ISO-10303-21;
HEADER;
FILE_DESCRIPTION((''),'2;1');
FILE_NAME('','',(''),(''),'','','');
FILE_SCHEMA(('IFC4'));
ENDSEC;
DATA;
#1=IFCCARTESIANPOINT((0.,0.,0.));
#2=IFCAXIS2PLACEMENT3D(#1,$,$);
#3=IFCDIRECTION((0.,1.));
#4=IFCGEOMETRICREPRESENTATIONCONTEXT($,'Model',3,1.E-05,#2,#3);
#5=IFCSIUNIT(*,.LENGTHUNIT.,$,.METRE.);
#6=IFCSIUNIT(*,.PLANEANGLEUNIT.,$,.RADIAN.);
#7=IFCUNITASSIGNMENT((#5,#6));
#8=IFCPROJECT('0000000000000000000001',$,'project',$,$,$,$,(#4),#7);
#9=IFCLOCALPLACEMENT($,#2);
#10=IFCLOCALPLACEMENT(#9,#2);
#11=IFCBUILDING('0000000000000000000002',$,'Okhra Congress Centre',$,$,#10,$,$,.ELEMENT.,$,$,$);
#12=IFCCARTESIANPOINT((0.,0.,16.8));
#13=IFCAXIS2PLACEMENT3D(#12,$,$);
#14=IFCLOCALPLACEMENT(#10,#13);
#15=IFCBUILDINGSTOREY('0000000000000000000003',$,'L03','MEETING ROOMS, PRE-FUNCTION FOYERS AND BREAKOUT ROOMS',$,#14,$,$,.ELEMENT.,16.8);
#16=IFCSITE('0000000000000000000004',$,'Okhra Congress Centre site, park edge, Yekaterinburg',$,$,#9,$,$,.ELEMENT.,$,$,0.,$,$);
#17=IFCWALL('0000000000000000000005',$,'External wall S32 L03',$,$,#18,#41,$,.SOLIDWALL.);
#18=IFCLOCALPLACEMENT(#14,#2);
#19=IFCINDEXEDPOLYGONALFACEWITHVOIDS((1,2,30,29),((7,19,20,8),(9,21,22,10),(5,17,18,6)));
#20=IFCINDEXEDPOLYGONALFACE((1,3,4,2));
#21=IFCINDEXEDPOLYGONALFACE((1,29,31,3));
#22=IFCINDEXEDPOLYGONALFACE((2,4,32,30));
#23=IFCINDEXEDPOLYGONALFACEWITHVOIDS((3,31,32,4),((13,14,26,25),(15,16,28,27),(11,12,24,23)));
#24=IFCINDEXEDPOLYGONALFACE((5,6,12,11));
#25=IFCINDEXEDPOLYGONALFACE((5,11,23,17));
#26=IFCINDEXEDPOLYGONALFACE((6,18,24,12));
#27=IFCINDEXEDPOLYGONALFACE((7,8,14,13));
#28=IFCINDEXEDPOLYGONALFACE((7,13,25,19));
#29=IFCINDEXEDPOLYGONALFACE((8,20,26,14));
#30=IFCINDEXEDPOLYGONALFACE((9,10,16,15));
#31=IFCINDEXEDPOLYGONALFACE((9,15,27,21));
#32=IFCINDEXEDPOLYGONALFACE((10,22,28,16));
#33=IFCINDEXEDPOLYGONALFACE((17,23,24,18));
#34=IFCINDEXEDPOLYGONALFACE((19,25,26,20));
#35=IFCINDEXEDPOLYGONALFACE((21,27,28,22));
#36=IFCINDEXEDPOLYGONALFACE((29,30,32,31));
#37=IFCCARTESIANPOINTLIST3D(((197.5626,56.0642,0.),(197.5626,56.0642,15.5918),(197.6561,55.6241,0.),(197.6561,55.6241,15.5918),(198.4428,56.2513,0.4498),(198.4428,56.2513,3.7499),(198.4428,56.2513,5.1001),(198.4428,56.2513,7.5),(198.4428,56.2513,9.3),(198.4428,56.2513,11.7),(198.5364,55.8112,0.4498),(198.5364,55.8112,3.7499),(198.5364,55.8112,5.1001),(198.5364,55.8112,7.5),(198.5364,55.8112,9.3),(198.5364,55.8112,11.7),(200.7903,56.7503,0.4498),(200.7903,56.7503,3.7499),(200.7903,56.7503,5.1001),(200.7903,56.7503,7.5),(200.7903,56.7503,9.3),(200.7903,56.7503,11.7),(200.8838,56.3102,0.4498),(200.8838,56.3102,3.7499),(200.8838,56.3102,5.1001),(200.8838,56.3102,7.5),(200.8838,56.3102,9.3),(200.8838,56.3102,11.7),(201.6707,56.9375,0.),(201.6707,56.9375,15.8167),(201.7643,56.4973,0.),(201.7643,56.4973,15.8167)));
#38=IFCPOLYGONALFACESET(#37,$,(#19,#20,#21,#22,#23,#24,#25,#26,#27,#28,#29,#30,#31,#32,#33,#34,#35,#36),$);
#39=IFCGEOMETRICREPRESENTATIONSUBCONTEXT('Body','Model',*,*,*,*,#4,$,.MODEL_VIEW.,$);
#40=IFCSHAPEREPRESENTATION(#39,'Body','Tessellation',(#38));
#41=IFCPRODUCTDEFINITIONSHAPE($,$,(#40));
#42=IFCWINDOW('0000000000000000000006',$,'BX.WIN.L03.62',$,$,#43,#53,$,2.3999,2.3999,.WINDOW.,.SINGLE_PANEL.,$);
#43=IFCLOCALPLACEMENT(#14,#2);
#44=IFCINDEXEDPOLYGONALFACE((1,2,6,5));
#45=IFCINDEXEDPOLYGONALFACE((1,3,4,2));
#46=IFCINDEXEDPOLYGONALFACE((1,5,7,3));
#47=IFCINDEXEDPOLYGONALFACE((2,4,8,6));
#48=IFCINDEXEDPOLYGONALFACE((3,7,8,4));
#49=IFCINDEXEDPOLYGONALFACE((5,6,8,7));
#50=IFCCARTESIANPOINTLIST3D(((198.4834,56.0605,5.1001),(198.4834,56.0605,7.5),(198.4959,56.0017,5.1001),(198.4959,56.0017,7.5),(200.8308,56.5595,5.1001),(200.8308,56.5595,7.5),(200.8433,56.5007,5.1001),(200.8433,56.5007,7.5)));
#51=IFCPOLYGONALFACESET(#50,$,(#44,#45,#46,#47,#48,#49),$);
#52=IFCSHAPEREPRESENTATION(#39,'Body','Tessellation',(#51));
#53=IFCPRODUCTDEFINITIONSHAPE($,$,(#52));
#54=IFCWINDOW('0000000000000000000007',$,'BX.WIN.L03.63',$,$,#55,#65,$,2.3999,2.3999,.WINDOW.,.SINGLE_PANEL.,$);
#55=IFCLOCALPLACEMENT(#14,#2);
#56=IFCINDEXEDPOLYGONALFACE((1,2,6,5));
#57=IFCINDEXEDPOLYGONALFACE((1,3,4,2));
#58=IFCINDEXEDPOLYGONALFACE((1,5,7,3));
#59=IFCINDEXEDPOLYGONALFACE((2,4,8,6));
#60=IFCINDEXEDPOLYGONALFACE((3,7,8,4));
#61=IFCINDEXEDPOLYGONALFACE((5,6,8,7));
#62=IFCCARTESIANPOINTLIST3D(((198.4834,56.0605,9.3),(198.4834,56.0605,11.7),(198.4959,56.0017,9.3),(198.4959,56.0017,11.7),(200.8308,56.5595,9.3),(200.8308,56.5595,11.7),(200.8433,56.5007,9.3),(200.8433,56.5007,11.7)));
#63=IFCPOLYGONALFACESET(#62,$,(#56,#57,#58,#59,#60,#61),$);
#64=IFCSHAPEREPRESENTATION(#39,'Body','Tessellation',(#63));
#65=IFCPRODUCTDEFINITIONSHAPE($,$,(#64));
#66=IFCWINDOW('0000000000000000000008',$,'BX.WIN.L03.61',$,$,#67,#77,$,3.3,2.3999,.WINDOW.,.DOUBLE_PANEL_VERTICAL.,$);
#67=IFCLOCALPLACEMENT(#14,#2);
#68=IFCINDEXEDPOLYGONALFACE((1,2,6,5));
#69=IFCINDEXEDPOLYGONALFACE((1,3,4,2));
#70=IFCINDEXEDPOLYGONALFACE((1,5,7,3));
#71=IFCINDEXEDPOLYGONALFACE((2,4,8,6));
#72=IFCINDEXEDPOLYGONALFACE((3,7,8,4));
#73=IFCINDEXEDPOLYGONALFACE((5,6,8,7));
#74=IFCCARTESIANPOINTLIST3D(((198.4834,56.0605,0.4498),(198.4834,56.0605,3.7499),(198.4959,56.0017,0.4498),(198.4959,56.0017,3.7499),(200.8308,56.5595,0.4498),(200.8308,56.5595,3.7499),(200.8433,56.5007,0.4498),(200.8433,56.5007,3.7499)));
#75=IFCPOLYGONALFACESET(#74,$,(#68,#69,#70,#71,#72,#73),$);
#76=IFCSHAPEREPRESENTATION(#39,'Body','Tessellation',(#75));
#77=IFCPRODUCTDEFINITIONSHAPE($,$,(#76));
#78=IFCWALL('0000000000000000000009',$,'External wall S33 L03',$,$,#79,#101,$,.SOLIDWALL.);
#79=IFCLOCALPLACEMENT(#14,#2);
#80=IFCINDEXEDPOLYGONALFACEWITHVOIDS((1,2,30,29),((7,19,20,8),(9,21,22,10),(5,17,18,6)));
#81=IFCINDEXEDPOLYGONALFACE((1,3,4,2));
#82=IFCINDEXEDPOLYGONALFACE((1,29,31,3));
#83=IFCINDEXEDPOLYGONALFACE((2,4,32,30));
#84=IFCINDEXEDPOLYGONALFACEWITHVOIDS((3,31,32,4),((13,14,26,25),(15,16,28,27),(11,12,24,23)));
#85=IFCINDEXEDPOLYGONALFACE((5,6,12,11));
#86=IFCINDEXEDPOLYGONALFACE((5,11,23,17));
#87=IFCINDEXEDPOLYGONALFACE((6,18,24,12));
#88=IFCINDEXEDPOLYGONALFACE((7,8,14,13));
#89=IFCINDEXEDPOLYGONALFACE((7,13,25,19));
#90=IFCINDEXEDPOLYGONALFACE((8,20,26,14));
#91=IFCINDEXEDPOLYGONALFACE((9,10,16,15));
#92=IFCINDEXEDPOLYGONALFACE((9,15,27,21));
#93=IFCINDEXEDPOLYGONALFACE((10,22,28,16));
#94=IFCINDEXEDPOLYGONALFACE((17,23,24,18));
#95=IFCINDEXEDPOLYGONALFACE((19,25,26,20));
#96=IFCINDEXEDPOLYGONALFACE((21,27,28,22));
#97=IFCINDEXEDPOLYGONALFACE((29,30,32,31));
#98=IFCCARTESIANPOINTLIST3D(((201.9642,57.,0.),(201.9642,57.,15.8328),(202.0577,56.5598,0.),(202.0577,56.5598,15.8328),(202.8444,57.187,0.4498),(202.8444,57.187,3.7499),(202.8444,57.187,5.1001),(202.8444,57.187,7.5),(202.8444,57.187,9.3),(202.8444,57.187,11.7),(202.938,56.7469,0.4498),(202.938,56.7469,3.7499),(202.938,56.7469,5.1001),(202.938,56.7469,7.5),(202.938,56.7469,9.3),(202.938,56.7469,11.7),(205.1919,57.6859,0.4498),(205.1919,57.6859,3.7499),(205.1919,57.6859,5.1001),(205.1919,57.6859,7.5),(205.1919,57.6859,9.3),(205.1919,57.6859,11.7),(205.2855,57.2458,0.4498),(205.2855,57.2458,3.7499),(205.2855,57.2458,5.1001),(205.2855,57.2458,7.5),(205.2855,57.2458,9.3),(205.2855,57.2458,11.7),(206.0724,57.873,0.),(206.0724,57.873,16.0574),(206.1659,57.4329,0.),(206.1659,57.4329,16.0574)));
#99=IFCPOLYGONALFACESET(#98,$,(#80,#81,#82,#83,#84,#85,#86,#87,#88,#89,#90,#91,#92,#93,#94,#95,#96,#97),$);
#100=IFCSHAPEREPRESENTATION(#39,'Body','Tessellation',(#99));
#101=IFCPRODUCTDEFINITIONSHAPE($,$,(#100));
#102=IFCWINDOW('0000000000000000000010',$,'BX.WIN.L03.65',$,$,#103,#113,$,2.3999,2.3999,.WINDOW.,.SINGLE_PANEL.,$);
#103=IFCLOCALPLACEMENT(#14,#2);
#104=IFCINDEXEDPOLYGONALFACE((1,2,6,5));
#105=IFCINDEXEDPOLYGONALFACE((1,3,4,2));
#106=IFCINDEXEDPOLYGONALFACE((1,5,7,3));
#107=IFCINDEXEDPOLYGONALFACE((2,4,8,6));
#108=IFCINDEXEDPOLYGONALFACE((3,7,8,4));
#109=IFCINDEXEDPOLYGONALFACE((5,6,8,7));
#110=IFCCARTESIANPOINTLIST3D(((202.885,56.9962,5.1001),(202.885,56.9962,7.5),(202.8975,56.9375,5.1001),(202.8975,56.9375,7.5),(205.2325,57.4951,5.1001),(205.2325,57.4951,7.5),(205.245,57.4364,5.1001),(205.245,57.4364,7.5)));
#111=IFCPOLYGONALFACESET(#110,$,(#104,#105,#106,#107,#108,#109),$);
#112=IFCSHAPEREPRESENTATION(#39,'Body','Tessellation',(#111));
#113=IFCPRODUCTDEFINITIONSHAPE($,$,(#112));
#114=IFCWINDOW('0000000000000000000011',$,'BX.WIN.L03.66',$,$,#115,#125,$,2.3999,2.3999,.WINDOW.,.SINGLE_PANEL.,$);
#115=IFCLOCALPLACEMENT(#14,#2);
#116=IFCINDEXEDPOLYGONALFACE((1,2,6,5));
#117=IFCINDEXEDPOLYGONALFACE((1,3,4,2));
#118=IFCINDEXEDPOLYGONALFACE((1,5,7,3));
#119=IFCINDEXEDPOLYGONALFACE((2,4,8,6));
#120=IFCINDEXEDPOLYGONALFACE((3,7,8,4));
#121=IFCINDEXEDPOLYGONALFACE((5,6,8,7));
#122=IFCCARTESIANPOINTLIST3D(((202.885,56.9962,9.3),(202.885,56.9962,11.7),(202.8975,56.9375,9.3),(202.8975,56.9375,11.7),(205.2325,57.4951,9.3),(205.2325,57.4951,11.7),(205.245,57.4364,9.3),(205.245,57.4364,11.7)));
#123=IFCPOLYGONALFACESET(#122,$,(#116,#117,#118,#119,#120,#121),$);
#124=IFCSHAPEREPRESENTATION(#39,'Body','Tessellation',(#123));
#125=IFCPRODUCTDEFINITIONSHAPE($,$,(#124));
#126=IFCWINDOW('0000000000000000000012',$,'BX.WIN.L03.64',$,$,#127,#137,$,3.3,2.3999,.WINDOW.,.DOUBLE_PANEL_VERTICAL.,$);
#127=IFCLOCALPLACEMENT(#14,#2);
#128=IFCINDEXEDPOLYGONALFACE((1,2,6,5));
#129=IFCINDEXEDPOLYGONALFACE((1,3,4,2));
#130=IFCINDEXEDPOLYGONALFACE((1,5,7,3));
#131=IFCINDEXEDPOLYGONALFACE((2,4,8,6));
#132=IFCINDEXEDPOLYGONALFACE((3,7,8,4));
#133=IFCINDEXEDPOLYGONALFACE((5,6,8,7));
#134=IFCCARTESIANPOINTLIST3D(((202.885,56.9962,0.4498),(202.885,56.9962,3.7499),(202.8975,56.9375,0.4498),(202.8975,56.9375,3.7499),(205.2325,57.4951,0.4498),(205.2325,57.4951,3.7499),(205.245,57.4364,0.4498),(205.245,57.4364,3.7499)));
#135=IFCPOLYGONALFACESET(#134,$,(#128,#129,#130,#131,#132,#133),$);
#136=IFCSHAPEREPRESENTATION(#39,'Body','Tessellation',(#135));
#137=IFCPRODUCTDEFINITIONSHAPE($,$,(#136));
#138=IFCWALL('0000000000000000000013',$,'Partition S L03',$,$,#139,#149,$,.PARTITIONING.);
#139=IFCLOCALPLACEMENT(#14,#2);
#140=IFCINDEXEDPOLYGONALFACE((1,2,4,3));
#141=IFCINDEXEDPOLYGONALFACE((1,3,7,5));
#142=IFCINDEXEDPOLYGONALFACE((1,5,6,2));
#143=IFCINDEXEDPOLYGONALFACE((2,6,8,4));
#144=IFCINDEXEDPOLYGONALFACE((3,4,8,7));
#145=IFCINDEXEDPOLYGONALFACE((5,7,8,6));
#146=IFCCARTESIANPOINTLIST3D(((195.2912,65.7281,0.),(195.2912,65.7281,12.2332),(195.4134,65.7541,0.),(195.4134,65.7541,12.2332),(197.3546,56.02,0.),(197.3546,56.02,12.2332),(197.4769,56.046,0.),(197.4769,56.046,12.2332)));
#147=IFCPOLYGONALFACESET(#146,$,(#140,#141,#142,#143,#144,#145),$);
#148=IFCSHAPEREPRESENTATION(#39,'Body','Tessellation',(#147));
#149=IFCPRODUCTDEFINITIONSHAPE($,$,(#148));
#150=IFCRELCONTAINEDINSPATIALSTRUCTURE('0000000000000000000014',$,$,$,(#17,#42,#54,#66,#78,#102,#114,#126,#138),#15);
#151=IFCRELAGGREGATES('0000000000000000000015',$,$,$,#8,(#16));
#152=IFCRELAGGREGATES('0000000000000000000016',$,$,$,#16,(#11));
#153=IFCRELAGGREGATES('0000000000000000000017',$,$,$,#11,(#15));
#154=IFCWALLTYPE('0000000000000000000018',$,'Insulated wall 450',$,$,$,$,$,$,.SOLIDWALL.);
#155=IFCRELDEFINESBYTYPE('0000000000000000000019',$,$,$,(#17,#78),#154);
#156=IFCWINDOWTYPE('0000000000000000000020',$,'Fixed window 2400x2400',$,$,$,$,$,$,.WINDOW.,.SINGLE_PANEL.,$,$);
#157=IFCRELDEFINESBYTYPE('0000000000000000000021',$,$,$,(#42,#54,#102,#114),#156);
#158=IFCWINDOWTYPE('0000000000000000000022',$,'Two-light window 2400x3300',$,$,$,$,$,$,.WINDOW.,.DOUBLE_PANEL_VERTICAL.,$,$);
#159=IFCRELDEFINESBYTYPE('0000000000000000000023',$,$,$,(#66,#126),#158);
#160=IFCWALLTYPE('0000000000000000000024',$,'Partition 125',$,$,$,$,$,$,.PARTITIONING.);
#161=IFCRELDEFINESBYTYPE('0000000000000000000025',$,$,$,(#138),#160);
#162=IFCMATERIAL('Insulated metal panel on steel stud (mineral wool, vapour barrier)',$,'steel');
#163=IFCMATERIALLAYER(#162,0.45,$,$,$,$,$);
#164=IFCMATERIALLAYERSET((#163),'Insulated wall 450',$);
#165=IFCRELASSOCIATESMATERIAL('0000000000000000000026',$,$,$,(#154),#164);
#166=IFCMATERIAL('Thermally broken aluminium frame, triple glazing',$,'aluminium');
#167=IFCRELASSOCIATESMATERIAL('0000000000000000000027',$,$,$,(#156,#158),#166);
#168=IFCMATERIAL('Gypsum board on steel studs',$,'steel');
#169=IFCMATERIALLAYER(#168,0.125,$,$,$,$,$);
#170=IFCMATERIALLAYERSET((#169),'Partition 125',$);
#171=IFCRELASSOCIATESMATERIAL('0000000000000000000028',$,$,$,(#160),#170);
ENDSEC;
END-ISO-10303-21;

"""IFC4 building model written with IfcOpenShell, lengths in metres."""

from ifc_helpers import new_model, si_unit, direction, frame, frame_2d, origin, place, context, subcontext, project, spatial, polyline, rectangle, outline, extrude, material, layer, layer_set, type_object, element, fill, save


model = new_model("IFC4")

# Units and contexts
model_context = context("Model", 3, precision=1e-05, world=origin(), true_north=direction((0.0, 1.0)))
body_context = subcontext(model_context, "Body", "Model", "MODEL_VIEW")
ifc_project = project(units=[si_unit("LENGTHUNIT", "METRE"), si_unit("PLANEANGLEUNIT", "RADIAN")], contexts=[model_context])

# Site, building, storey
site_placement = place(None, origin())
site = spatial("IfcSite", under=ifc_project, at=site_placement, Name="Okhra Congress Centre site, park edge, Yekaterinburg", CompositionType="ELEMENT", RefElevation=0.0)
building_placement = place(site_placement, origin())
building = spatial("IfcBuilding", under=site, at=building_placement, Name="Okhra Congress Centre", CompositionType="ELEMENT")
storey_placement = place(building_placement, frame((0.0, 0.0, 16.8)))
storey = spatial("IfcBuildingStorey", under=building, at=storey_placement, Name="L03", Description="MEETING ROOMS, PRE-FUNCTION FOYERS AND BREAKOUT ROOMS", CompositionType="ELEMENT", Elevation=16.8)

# Walls, openings, windows
ifc_material_1 = material(Name="Insulated metal panel on steel stud (mineral wool, vapour barrier)", Category="steel")
ifc_layer_1 = layer(ifc_material_1, 0.45)
ifc_layer_set_1 = layer_set([ifc_layer_1], Name="Insulated wall 450")
wall_type_1 = type_object("IfcWallType", Name="Insulated wall 450", PredefinedType="SOLIDWALL", material=ifc_layer_set_1)
wall_1_placement = place(storey_placement, frame((197.6094, 55.844, 0.0), z_axis=(0.0, 0.0, 1.0), x_axis=(0.978144, 0.207929, 0.0)))
wall_1 = element("IfcWall", 1, at=wall_1_placement, inside=storey, type_object=wall_type_1, Name="External wall S32 L03", PredefinedType="SOLIDWALL", context=body_context, shape_type="SweptSolid", body=[
    extrude(outline(polyline([(0.0, 0.0), (4.2, 0.0), (4.2, 15.8167), (0.0, 15.5918), (0.0, 0.0)])), frame((0.0, 0.2251, 0.0), z_axis=(0.0, -1.0, 0.0), x_axis=(1.0, 0.0, 0.0)), (0.0, 0.0, 1.0), 0.45),
])
opening_1_placement = place(wall_1_placement, frame((0.8999, 0.0, 0.45)))
opening_1 = element("IfcOpeningElement", 2, at=opening_1_placement, cuts=wall_1, PredefinedType="OPENING", context=body_context, shape_type="SweptSolid", body=[
    extrude(rectangle(XDim=2.3999, YDim=3.3, at=frame_2d((1.2, 1.6499))), frame((0.0, 0.2349, 0.0), z_axis=(0.0, -1.0, 0.0), x_axis=(1.0, 0.0, 0.0)), (0.0, 0.0, 1.0), 0.47),
])
opening_2_placement = place(wall_1_placement, frame((0.8999, 0.0, 5.1001)))
opening_2 = element("IfcOpeningElement", 3, at=opening_2_placement, cuts=wall_1, PredefinedType="OPENING", context=body_context, shape_type="SweptSolid", body=[
    extrude(rectangle(XDim=2.3999, YDim=2.3999, at=frame_2d((1.2, 1.2))), frame((0.0, 0.2349, 0.0), z_axis=(0.0, -1.0, 0.0), x_axis=(1.0, 0.0, 0.0)), (0.0, 0.0, 1.0), 0.47),
])
opening_3_placement = place(wall_1_placement, frame((0.8999, 0.0, 9.3)))
opening_3 = element("IfcOpeningElement", 4, at=opening_3_placement, cuts=wall_1, PredefinedType="OPENING", context=body_context, shape_type="SweptSolid", body=[
    extrude(rectangle(XDim=2.3999, YDim=2.3999, at=frame_2d((1.2, 1.2))), frame((0.0, 0.2349, 0.0), z_axis=(0.0, -1.0, 0.0), x_axis=(1.0, 0.0, 0.0)), (0.0, 0.0, 1.0), 0.47),
])
ifc_material_2 = material(Name="Thermally broken aluminium frame, triple glazing", Category="aluminium")
window_type_1 = type_object("IfcWindowType", Name="Fixed window 2400x2400", PartitioningType="SINGLE_PANEL", PredefinedType="WINDOW", material=ifc_material_2)
window_1_placement = place(opening_2_placement, origin())
window_1 = element("IfcWindow", 5, at=window_1_placement, inside=storey, type_object=window_type_1, Name="BX.WIN.L03.62", OverallHeight=2.3999, OverallWidth=2.3999, PartitioningType="SINGLE_PANEL", PredefinedType="WINDOW", context=body_context, shape_type="SweptSolid", body=[
    extrude(rectangle(XDim=2.3999, YDim=2.3999, at=frame_2d((1.2, 1.2))), frame((0.0, 0.03, 0.0), z_axis=(0.0, -1.0, 0.0), x_axis=(1.0, 0.0, 0.0)), (0.0, 0.0, 1.0), 0.0601),
])
fill(opening_2, window_1)
window_2_placement = place(opening_3_placement, origin())
window_2 = element("IfcWindow", 6, at=window_2_placement, inside=storey, type_object=window_type_1, Name="BX.WIN.L03.63", OverallHeight=2.3999, OverallWidth=2.3999, PartitioningType="SINGLE_PANEL", PredefinedType="WINDOW", context=body_context, shape_type="SweptSolid", body=[
    extrude(rectangle(XDim=2.3999, YDim=2.3999, at=frame_2d((1.2, 1.2))), frame((0.0, 0.03, 0.0), z_axis=(0.0, -1.0, 0.0), x_axis=(1.0, 0.0, 0.0)), (0.0, 0.0, 1.0), 0.0601),
])
fill(opening_3, window_2)
window_type_2 = type_object("IfcWindowType", Name="Two-light window 2400x3300", PartitioningType="DOUBLE_PANEL_VERTICAL", PredefinedType="WINDOW", material=ifc_material_2)
window_3_placement = place(opening_1_placement, origin())
window_3 = element("IfcWindow", 7, at=window_3_placement, inside=storey, type_object=window_type_2, Name="BX.WIN.L03.61", OverallHeight=3.3, OverallWidth=2.3999, PartitioningType="DOUBLE_PANEL_VERTICAL", PredefinedType="WINDOW", context=body_context, shape_type="SweptSolid", body=[
    extrude(rectangle(XDim=2.3999, YDim=3.3, at=frame_2d((1.2, 1.6499))), frame((0.0, 0.03, 0.0), z_axis=(0.0, -1.0, 0.0), x_axis=(1.0, 0.0, 0.0)), (0.0, 0.0, 1.0), 0.0601),
])
fill(opening_1, window_3)
wall_2_placement = place(storey_placement, frame((202.011, 56.7798, 0.0), z_axis=(0.0, 0.0, 1.0), x_axis=(0.978156, 0.207873, 0.0)))
wall_2 = element("IfcWall", 8, at=wall_2_placement, inside=storey, type_object=wall_type_1, Name="External wall S33 L03", PredefinedType="SOLIDWALL", context=body_context, shape_type="SweptSolid", body=[
    extrude(outline(polyline([(0.0, 0.0), (4.2, 0.0), (4.2, 16.0574), (0.0, 15.8328), (0.0, 0.0)])), frame((0.0, 0.2251, 0.0), z_axis=(0.0, -1.0, 0.0), x_axis=(1.0, 0.0, 0.0)), (0.0, 0.0, 1.0), 0.45),
])
opening_4_placement = place(wall_2_placement, frame((0.8999, 0.0, 0.45)))
opening_4 = element("IfcOpeningElement", 9, at=opening_4_placement, cuts=wall_2, PredefinedType="OPENING", context=body_context, shape_type="SweptSolid", body=[
    extrude(rectangle(XDim=2.3999, YDim=3.3, at=frame_2d((1.2, 1.6499))), frame((0.0, 0.2349, 0.0), z_axis=(0.0, -1.0, 0.0), x_axis=(1.0, 0.0, 0.0)), (0.0, 0.0, 1.0), 0.47),
])
opening_5_placement = place(wall_2_placement, frame((0.8999, 0.0, 5.1001)))
opening_5 = element("IfcOpeningElement", 10, at=opening_5_placement, cuts=wall_2, PredefinedType="OPENING", context=body_context, shape_type="SweptSolid", body=[
    extrude(rectangle(XDim=2.3999, YDim=2.3999, at=frame_2d((1.2, 1.2))), frame((0.0, 0.2349, 0.0), z_axis=(0.0, -1.0, 0.0), x_axis=(1.0, 0.0, 0.0)), (0.0, 0.0, 1.0), 0.47),
])
opening_6_placement = place(wall_2_placement, frame((0.8999, 0.0, 9.3)))
opening_6 = element("IfcOpeningElement", 11, at=opening_6_placement, cuts=wall_2, PredefinedType="OPENING", context=body_context, shape_type="SweptSolid", body=[
    extrude(rectangle(XDim=2.3999, YDim=2.3999, at=frame_2d((1.2, 1.2))), frame((0.0, 0.2349, 0.0), z_axis=(0.0, -1.0, 0.0), x_axis=(1.0, 0.0, 0.0)), (0.0, 0.0, 1.0), 0.47),
])
window_4_placement = place(opening_5_placement, origin())
window_4 = element("IfcWindow", 12, at=window_4_placement, inside=storey, type_object=window_type_1, Name="BX.WIN.L03.65", OverallHeight=2.3999, OverallWidth=2.3999, PartitioningType="SINGLE_PANEL", PredefinedType="WINDOW", context=body_context, shape_type="SweptSolid", body=[
    extrude(rectangle(XDim=2.3999, YDim=2.3999, at=frame_2d((1.2, 1.2))), frame((0.0, 0.03, 0.0), z_axis=(0.0, -1.0, 0.0), x_axis=(1.0, 0.0, 0.0)), (0.0, 0.0, 1.0), 0.0601),
])
fill(opening_5, window_4)
window_5_placement = place(opening_6_placement, origin())
window_5 = element("IfcWindow", 13, at=window_5_placement, inside=storey, type_object=window_type_1, Name="BX.WIN.L03.66", OverallHeight=2.3999, OverallWidth=2.3999, PartitioningType="SINGLE_PANEL", PredefinedType="WINDOW", context=body_context, shape_type="SweptSolid", body=[
    extrude(rectangle(XDim=2.3999, YDim=2.3999, at=frame_2d((1.2, 1.2))), frame((0.0, 0.03, 0.0), z_axis=(0.0, -1.0, 0.0), x_axis=(1.0, 0.0, 0.0)), (0.0, 0.0, 1.0), 0.0601),
])
fill(opening_6, window_5)
window_6_placement = place(opening_4_placement, origin())
window_6 = element("IfcWindow", 14, at=window_6_placement, inside=storey, type_object=window_type_2, Name="BX.WIN.L03.64", OverallHeight=3.3, OverallWidth=2.3999, PartitioningType="DOUBLE_PANEL_VERTICAL", PredefinedType="WINDOW", context=body_context, shape_type="SweptSolid", body=[
    extrude(rectangle(XDim=2.3999, YDim=3.3, at=frame_2d((1.2, 1.6499))), frame((0.0, 0.03, 0.0), z_axis=(0.0, -1.0, 0.0), x_axis=(1.0, 0.0, 0.0)), (0.0, 0.0, 1.0), 0.0601),
])
fill(opening_4, window_6)

# Wall
ifc_material_3 = material(Name="Gypsum board on steel studs", Category="steel")
ifc_layer_2 = layer(ifc_material_3, 0.125)
ifc_layer_set_2 = layer_set([ifc_layer_2], Name="Partition 125")
wall_type_2 = type_object("IfcWallType", Name="Partition 125", PredefinedType="PARTITIONING", material=ifc_layer_set_2)
wall_3_placement = place(storey_placement, frame((197.4158, 56.033, 0.0), z_axis=(0.0, 0.0, 1.0), x_axis=(-0.207904, 0.978149, 0.0)))
element("IfcWall", 15, at=wall_3_placement, inside=storey, type_object=wall_type_2, Name="Partition S L03", PredefinedType="PARTITIONING", context=body_context, shape_type="SweptSolid", body=[
    extrude(outline(polyline([(0.0, 0.0), (9.925, 0.0), (9.925, 12.2332), (0.0, 12.2332), (0.0, 0.0)])), frame((0.0, 0.0625, 0.0), z_axis=(0.0, -1.0, 0.0), x_axis=(1.0, 0.0, 0.0)), (0.0, 0.0, 1.0), 0.125),
])

save(model, "model.ifc")
